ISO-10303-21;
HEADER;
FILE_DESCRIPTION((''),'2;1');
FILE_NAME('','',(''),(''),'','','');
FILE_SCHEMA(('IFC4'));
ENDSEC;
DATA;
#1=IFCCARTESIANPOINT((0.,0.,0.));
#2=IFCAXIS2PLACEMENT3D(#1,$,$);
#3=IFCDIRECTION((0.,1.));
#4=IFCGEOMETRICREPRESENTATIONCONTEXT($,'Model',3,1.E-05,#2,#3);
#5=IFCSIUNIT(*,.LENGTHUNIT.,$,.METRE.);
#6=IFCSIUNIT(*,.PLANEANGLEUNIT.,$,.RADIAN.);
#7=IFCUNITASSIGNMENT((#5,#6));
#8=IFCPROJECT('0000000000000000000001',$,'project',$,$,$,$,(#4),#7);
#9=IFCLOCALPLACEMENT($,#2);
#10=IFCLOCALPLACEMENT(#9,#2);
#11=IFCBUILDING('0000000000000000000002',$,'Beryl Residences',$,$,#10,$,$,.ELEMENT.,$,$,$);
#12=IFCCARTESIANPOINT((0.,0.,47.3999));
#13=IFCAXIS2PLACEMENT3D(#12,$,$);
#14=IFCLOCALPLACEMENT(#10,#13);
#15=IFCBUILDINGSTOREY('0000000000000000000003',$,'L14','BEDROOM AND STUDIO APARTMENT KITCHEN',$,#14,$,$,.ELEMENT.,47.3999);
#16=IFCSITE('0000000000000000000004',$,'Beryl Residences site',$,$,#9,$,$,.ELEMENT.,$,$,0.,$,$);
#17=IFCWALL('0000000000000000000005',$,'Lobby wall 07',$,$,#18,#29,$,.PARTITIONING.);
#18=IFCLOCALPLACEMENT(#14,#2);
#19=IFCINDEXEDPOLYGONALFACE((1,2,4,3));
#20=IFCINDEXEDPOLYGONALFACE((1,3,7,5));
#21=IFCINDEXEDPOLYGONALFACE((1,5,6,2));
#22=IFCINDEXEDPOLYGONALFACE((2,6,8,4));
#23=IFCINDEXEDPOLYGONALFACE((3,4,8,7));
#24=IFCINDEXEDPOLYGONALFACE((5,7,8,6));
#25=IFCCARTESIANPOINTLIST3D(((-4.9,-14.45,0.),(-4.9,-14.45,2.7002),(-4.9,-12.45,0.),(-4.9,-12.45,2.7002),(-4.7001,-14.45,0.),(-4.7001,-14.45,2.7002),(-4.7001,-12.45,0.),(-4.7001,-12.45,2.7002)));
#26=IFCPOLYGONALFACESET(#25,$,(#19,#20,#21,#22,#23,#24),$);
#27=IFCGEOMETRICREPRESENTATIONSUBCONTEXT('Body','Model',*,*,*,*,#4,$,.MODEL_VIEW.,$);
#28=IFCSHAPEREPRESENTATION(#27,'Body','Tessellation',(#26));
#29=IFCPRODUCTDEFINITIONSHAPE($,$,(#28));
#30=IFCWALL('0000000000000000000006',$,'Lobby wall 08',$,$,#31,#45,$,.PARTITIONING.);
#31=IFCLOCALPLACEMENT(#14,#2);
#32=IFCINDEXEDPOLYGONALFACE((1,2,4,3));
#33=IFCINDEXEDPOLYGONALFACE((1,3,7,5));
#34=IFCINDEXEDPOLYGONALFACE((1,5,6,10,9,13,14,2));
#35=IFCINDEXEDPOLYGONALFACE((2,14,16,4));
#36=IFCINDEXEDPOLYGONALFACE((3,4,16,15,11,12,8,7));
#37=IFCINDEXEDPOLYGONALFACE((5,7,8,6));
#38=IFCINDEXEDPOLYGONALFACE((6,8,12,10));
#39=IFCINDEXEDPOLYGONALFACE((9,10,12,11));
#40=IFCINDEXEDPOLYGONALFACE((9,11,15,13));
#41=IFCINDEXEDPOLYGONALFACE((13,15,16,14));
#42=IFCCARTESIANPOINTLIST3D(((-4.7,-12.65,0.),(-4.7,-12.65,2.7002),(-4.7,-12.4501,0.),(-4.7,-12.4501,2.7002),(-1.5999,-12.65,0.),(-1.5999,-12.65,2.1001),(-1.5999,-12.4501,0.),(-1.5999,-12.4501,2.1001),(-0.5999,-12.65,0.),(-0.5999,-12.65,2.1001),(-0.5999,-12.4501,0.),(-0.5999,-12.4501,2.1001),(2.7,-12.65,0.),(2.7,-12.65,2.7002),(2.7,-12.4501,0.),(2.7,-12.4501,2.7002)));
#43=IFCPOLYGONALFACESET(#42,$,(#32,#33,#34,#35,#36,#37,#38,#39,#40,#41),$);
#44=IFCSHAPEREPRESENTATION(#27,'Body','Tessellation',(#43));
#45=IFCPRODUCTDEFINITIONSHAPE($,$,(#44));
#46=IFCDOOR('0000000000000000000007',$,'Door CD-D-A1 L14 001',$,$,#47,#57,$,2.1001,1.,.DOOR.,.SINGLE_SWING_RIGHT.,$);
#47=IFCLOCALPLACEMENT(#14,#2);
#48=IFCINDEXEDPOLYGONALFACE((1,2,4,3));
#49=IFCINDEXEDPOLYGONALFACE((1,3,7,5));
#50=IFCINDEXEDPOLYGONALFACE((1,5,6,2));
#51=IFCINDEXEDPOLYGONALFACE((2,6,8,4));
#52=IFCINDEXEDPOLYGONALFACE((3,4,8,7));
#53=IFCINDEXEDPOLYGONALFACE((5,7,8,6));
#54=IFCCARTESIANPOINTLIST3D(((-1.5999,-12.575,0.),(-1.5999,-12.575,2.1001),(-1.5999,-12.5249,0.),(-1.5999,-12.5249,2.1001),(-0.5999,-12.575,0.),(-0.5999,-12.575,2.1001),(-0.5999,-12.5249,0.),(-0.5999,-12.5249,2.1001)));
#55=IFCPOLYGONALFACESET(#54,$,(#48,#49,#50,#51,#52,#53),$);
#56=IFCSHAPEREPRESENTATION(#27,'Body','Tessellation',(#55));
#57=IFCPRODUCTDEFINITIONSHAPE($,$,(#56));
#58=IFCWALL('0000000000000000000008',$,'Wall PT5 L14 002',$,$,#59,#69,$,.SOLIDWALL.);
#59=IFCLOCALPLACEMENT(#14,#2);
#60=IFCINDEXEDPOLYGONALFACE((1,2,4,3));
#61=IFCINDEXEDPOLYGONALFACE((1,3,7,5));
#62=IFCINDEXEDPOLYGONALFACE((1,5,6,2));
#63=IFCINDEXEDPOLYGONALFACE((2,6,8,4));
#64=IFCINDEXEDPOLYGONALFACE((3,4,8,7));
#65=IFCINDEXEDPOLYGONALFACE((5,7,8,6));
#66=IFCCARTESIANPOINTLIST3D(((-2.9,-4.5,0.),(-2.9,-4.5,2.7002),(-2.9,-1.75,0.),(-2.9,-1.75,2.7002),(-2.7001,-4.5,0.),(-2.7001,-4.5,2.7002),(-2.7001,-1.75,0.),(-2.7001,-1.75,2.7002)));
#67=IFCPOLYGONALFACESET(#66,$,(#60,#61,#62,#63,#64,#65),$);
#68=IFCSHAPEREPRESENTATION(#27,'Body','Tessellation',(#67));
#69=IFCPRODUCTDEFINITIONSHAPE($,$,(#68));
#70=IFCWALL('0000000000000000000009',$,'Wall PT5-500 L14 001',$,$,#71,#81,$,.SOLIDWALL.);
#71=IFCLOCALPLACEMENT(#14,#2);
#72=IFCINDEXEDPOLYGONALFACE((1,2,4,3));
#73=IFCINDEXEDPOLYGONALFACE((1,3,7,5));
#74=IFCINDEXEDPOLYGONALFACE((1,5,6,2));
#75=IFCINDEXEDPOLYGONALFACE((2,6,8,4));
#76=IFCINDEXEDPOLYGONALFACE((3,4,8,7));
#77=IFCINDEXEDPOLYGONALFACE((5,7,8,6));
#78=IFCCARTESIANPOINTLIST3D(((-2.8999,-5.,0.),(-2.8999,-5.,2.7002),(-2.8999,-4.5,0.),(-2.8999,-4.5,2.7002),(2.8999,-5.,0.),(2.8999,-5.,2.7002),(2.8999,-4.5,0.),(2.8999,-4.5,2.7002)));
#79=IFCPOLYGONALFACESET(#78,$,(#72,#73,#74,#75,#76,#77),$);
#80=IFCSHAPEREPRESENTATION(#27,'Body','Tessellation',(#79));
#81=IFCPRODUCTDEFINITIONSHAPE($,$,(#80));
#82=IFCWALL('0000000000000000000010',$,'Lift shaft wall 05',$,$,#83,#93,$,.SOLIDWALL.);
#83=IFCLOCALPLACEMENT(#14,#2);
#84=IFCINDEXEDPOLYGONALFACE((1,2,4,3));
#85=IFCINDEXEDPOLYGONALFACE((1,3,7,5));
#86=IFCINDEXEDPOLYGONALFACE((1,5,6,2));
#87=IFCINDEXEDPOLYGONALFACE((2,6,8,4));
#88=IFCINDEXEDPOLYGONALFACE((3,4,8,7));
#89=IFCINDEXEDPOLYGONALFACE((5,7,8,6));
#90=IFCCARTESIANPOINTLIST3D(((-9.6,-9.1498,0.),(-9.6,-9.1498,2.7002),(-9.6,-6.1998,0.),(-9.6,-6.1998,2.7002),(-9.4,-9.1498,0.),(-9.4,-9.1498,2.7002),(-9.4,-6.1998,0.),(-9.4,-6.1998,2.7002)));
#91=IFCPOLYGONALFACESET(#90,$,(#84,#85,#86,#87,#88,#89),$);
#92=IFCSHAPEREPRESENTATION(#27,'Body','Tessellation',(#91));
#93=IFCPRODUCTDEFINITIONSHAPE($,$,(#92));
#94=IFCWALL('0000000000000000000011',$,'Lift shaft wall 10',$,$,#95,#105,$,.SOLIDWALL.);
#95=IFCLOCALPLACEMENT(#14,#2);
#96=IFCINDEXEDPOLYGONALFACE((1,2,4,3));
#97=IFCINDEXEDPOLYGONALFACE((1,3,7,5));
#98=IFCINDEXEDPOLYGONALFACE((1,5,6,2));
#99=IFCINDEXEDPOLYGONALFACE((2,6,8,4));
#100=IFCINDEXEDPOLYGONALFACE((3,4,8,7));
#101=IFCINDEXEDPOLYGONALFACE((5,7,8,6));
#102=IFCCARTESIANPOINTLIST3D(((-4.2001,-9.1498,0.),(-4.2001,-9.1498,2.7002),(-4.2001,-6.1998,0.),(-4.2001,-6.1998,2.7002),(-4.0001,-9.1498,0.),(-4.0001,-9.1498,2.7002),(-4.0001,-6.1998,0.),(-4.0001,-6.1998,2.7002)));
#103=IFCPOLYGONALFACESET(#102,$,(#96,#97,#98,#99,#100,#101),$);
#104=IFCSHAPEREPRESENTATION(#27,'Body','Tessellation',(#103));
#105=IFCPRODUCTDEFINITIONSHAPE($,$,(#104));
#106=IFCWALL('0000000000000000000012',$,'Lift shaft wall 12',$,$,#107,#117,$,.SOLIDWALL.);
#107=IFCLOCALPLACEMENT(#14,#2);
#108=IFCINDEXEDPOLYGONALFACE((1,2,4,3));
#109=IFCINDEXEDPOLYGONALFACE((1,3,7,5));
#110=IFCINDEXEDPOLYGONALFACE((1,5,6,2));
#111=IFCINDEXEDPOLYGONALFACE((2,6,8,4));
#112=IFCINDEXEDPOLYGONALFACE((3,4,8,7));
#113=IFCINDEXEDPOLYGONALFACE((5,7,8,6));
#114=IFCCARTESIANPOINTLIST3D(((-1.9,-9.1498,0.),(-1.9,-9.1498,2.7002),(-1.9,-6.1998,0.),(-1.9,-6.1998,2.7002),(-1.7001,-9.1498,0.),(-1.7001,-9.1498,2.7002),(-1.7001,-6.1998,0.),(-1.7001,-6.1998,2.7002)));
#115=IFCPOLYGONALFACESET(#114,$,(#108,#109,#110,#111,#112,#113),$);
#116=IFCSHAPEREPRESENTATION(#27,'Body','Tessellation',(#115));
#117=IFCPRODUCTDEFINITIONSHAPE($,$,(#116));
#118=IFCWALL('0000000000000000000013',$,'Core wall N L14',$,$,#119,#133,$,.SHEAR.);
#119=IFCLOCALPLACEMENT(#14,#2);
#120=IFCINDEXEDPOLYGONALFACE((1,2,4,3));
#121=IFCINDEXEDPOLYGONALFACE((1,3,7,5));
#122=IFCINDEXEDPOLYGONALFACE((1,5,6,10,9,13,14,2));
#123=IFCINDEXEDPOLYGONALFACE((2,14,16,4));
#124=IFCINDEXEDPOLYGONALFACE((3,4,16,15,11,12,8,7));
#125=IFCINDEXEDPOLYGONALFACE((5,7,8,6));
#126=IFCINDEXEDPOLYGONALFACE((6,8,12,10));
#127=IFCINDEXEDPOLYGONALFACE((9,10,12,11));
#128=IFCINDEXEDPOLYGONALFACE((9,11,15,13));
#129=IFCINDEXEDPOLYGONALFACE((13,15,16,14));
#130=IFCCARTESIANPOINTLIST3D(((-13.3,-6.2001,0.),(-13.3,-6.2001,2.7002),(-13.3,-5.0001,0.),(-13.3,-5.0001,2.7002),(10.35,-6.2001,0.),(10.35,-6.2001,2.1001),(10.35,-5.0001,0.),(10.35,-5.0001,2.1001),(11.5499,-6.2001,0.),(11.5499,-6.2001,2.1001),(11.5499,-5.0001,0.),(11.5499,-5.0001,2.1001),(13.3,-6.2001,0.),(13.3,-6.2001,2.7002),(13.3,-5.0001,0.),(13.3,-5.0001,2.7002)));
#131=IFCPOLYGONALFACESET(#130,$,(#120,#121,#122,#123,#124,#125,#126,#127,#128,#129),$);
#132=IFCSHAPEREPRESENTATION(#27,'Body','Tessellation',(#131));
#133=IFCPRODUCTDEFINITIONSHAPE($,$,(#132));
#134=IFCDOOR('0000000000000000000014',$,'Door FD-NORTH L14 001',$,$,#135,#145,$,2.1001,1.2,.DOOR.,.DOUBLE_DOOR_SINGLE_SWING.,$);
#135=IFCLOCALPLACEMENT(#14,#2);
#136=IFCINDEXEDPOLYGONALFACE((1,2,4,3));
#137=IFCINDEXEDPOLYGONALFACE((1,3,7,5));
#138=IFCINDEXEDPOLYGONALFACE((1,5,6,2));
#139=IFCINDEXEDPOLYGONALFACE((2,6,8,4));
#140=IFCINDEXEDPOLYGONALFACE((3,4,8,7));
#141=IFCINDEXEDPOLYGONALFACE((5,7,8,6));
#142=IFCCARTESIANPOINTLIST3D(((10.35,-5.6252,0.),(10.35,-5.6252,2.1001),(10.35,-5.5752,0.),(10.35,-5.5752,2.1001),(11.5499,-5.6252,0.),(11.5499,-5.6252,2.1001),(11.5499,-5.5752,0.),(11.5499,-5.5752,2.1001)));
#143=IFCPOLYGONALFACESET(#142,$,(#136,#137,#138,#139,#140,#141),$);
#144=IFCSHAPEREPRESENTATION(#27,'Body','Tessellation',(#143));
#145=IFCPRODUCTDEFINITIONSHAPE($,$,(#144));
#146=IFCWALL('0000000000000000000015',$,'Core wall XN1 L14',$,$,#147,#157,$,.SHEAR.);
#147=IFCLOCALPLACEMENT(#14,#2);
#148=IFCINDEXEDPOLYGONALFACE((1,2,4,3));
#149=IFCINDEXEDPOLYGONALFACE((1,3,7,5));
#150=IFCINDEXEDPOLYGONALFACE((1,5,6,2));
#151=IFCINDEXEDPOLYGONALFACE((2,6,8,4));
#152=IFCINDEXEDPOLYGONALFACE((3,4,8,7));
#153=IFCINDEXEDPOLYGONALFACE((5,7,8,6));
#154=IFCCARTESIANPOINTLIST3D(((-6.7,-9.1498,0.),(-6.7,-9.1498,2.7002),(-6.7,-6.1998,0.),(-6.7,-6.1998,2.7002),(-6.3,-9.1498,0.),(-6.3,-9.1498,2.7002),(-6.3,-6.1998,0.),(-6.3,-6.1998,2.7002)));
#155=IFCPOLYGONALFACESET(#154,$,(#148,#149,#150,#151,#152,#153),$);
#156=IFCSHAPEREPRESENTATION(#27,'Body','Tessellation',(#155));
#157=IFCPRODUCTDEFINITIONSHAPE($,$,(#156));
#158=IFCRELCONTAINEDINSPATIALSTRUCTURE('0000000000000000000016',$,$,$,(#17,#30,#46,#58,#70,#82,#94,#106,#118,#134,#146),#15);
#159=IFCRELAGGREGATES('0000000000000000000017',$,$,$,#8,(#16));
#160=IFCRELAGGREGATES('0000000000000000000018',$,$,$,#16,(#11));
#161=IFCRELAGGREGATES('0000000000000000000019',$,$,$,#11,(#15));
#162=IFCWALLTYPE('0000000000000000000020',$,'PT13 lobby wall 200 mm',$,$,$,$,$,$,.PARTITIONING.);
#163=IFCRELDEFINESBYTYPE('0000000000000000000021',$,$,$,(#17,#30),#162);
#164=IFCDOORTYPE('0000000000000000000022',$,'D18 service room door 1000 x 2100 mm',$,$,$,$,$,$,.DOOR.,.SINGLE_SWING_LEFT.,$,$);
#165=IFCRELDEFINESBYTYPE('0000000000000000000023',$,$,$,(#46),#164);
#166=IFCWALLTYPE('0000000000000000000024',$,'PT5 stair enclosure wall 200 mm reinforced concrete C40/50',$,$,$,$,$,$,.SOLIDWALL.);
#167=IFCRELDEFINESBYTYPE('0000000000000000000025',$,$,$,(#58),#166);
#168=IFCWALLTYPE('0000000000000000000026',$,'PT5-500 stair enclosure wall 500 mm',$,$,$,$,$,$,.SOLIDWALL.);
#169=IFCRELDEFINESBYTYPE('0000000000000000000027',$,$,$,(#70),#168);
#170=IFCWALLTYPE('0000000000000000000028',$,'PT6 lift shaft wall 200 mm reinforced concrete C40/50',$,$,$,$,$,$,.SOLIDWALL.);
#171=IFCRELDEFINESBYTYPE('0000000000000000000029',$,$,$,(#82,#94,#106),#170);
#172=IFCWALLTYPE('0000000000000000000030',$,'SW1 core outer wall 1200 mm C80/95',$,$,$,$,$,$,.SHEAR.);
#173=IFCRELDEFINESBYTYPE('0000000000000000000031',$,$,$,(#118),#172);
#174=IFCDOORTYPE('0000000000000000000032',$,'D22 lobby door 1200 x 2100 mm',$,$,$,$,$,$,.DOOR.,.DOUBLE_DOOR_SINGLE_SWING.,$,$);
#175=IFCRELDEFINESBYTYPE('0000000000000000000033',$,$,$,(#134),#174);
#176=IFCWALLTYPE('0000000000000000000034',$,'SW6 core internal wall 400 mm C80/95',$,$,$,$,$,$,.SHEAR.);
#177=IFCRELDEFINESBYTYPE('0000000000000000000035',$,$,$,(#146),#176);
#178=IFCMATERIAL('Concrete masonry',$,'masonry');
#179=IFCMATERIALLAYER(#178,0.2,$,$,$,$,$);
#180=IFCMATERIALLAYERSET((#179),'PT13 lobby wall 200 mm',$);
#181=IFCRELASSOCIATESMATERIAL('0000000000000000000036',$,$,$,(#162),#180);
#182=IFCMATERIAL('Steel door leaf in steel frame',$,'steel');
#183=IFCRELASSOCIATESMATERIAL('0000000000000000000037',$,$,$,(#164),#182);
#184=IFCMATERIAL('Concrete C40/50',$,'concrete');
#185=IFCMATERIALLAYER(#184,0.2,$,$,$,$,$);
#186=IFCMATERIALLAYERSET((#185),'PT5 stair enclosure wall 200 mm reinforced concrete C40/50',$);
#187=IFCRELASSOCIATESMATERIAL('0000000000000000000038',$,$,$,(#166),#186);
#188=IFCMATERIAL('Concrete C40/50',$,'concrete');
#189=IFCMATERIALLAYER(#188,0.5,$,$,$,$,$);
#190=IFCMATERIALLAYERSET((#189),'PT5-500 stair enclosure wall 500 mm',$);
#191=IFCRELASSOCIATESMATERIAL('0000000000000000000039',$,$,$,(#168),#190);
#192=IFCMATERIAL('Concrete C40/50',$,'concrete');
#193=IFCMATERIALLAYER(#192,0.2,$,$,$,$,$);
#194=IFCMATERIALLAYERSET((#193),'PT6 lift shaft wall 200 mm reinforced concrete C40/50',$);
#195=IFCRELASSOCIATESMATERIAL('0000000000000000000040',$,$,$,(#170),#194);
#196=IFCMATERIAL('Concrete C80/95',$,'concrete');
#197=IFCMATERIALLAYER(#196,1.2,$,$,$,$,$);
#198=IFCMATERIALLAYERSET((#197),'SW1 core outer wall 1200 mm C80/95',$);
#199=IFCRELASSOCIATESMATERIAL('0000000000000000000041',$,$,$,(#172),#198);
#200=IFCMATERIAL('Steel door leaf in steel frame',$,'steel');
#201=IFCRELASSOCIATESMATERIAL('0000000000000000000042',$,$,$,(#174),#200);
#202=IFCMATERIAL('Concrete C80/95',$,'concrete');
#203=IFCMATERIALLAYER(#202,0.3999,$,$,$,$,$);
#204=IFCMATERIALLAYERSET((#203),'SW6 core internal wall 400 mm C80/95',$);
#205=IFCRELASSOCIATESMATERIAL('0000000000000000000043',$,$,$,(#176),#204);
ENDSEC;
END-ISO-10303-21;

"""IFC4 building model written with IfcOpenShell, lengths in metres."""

from ifc_helpers import new_model, si_unit, direction, frame, frame_2d, origin, place, context, subcontext, project, spatial, rectangle, extrude, material, layer, layer_set, type_object, element, fill, save


model = new_model("IFC4")

# Units and contexts
model_context = context("Model", 3, precision=1e-05, world=origin(), true_north=direction((0.0, 1.0)))
body_context = subcontext(model_context, "Body", "Model", "MODEL_VIEW")
ifc_project = project(units=[si_unit("LENGTHUNIT", "METRE"), si_unit("PLANEANGLEUNIT", "RADIAN")], contexts=[model_context])

# Site, building, storey
site_placement = place(None, origin())
site = spatial("IfcSite", under=ifc_project, at=site_placement, Name="Beryl Residences site", CompositionType="ELEMENT", RefElevation=0.0)
building_placement = place(site_placement, origin())
building = spatial("IfcBuilding", under=site, at=building_placement, Name="Beryl Residences", CompositionType="ELEMENT")
storey_placement = place(building_placement, frame((0.0, 0.0, 47.3999)))
storey = spatial("IfcBuildingStorey", under=building, at=storey_placement, Name="L14", Description="BEDROOM AND STUDIO APARTMENT KITCHEN", CompositionType="ELEMENT", Elevation=47.3999)

# Wall
ifc_material_1 = material(Name="Concrete masonry", Category="masonry")
ifc_layer_1 = layer(ifc_material_1, 0.2)
ifc_layer_set_1 = layer_set([ifc_layer_1], Name="PT13 lobby wall 200 mm")
wall_type_1 = type_object("IfcWallType", Name="PT13 lobby wall 200 mm", PredefinedType="PARTITIONING", material=ifc_layer_set_1)
wall_1_placement = place(storey_placement, frame((-4.8, -14.45, 0.0), z_axis=(0.0, 0.0, 1.0), x_axis=(0.0, 1.0, 0.0)))
element("IfcWall", 1, at=wall_1_placement, inside=storey, type_object=wall_type_1, Name="Lobby wall 07", PredefinedType="PARTITIONING", context=body_context, shape_type="SweptSolid", body=[
    extrude(rectangle(XDim=2.0, YDim=0.2, at=frame_2d((1.0, 0.0))), origin(), (0.0, 0.0, 1.0), 2.7002),
])

# Wall, opening, door
wall_2_placement = place(storey_placement, frame((-4.7, -12.55, 0.0), z_axis=(0.0, 0.0, 1.0), x_axis=(1.0, 0.0, 0.0)))
wall_2 = element("IfcWall", 2, at=wall_2_placement, inside=storey, type_object=wall_type_1, Name="Lobby wall 08", PredefinedType="PARTITIONING", context=body_context, shape_type="SweptSolid", body=[
    extrude(rectangle(XDim=7.3999, YDim=0.2, at=frame_2d((3.7, 0.0))), origin(), (0.0, 0.0, 1.0), 2.7002),
])
opening_1_placement = place(wall_2_placement, frame((4.1001, 0.0, 0.0), z_axis=(0.0, 0.0, 1.0), x_axis=(-1.0, 0.0, 0.0)))
opening_1 = element("IfcOpeningElement", 3, at=opening_1_placement, cuts=wall_2, PredefinedType="OPENING", context=body_context, shape_type="SweptSolid", body=[
    extrude(rectangle(XDim=1.0, YDim=2.1001, at=frame_2d((0.5, 1.05))), frame((0.0, 0.1099, 0.0), z_axis=(0.0, -1.0, 0.0), x_axis=(1.0, 0.0, 0.0)), (0.0, 0.0, 1.0), 0.22),
])
ifc_material_2 = material(Name="Steel door leaf in steel frame", Category="steel")
door_type_1 = type_object("IfcDoorType", Name="D18 service room door 1000 x 2100 mm", OperationType="SINGLE_SWING_LEFT", PredefinedType="DOOR", material=ifc_material_2)
door_1_placement = place(opening_1_placement, origin())
door_1 = element("IfcDoor", 4, at=door_1_placement, inside=storey, type_object=door_type_1, Name="Door CD-D-A1 L14 001", OperationType="SINGLE_SWING_RIGHT", OverallHeight=2.1001, OverallWidth=1.0, PredefinedType="DOOR", context=body_context, shape_type="SweptSolid", body=[
    extrude(rectangle(XDim=1.0, YDim=2.1001, at=frame_2d((0.5, 1.05))), frame((0.0, 0.0249, 0.0), z_axis=(0.0, -1.0, 0.0), x_axis=(1.0, 0.0, 0.0)), (0.0, 0.0, 1.0), 0.05),
])
fill(opening_1, door_1)

# Walls
ifc_material_3 = material(Name="Concrete C40/50", Category="concrete")
ifc_layer_2 = layer(ifc_material_3, 0.2)
ifc_layer_set_2 = layer_set([ifc_layer_2], Name="PT5 stair enclosure wall 200 mm reinforced concrete C40/50")
wall_type_2 = type_object("IfcWallType", Name="PT5 stair enclosure wall 200 mm reinforced concrete C40/50", PredefinedType="SOLIDWALL", material=ifc_layer_set_2)
wall_3_placement = place(storey_placement, frame((-2.8, -4.5, 0.0), z_axis=(0.0, 0.0, 1.0), x_axis=(0.0, 1.0, 0.0)))
element("IfcWall", 5, at=wall_3_placement, inside=storey, type_object=wall_type_2, Name="Wall PT5 L14 002", PredefinedType="SOLIDWALL", context=body_context, shape_type="SweptSolid", body=[
    extrude(rectangle(XDim=2.75, YDim=0.2, at=frame_2d((1.375, 0.0))), origin(), (0.0, 0.0, 1.0), 2.7002),
])
ifc_material_4 = material(Name="Concrete C40/50", Category="concrete")
ifc_layer_3 = layer(ifc_material_4, 0.5)
ifc_layer_set_3 = layer_set([ifc_layer_3], Name="PT5-500 stair enclosure wall 500 mm")
wall_type_3 = type_object("IfcWallType", Name="PT5-500 stair enclosure wall 500 mm", PredefinedType="SOLIDWALL", material=ifc_layer_set_3)
wall_4_placement = place(storey_placement, frame((-2.8999, -4.75, 0.0), z_axis=(0.0, 0.0, 1.0), x_axis=(1.0, 0.0, 0.0)))
element("IfcWall", 6, at=wall_4_placement, inside=storey, type_object=wall_type_3, Name="Wall PT5-500 L14 001", PredefinedType="SOLIDWALL", context=body_context, shape_type="SweptSolid", body=[
    extrude(rectangle(XDim=5.7998, YDim=0.5, at=frame_2d((2.8999, 0.0))), origin(), (0.0, 0.0, 1.0), 2.7002),
])
ifc_material_5 = material(Name="Concrete C40/50", Category="concrete")
ifc_layer_4 = layer(ifc_material_5, 0.2)
ifc_layer_set_4 = layer_set([ifc_layer_4], Name="PT6 lift shaft wall 200 mm reinforced concrete C40/50")
wall_type_4 = type_object("IfcWallType", Name="PT6 lift shaft wall 200 mm reinforced concrete C40/50", PredefinedType="SOLIDWALL", material=ifc_layer_set_4)
for number, where, z_axis, x_axis, name in (
    (7, (-9.5, -9.1499, 0.0), (0.0, 0.0, 1.0), (0.0, 1.0, 0.0), "Lift shaft wall 05"),
    (8, (-4.1001, -9.1499, 0.0), (0.0, 0.0, 1.0), (0.0, 1.0, 0.0), "Lift shaft wall 10"),
    (9, (-1.8, -9.1499, 0.0), (0.0, 0.0, 1.0), (0.0, 1.0, 0.0), "Lift shaft wall 12"),
):
    element("IfcWall", number, at=place(storey_placement, frame(where, z_axis=z_axis, x_axis=x_axis)), inside=storey, type_object=wall_type_4, Name=name, PredefinedType="SOLIDWALL", context=body_context, shape_type="SweptSolid", body=[
        extrude(rectangle(XDim=2.95, YDim=0.2, at=frame_2d((1.4751, 0.0))), origin(), (0.0, 0.0, 1.0), 2.7002),
    ])

# Wall, opening, door
ifc_material_6 = material(Name="Concrete C80/95", Category="concrete")
ifc_layer_5 = layer(ifc_material_6, 1.2)
ifc_layer_set_5 = layer_set([ifc_layer_5], Name="SW1 core outer wall 1200 mm C80/95")
wall_type_5 = type_object("IfcWallType", Name="SW1 core outer wall 1200 mm C80/95", PredefinedType="SHEAR", material=ifc_layer_set_5)
wall_5_placement = place(storey_placement, frame((-13.3, -5.6001, 0.0), z_axis=(0.0, 0.0, 1.0), x_axis=(1.0, 0.0, 0.0)))
wall_5 = element("IfcWall", 10, at=wall_5_placement, inside=storey, type_object=wall_type_5, Name="Core wall N L14", PredefinedType="SHEAR", context=body_context, shape_type="SweptSolid", body=[
    extrude(rectangle(XDim=26.6001, YDim=1.2, at=frame_2d((13.3, 0.0))), origin(), (0.0, 0.0, 1.0), 2.7002),
])
opening_2_placement = place(wall_5_placement, frame((23.6499, 0.0, 0.0)))
opening_2 = element("IfcOpeningElement", 11, at=opening_2_placement, cuts=wall_5, PredefinedType="OPENING", context=body_context, shape_type="SweptSolid", body=[
    extrude(rectangle(XDim=1.2, YDim=2.1001, at=frame_2d((0.6001, 1.05))), frame((0.0, 0.6099, 0.0), z_axis=(0.0, -1.0, 0.0), x_axis=(1.0, 0.0, 0.0)), (0.0, 0.0, 1.0), 1.22),
])
ifc_material_7 = material(Name="Steel door leaf in steel frame", Category="steel")
door_type_2 = type_object("IfcDoorType", Name="D22 lobby door 1200 x 2100 mm", OperationType="DOUBLE_DOOR_SINGLE_SWING", PredefinedType="DOOR", material=ifc_material_7)
door_2_placement = place(opening_2_placement, origin())
door_2 = element("IfcDoor", 12, at=door_2_placement, inside=storey, type_object=door_type_2, Name="Door FD-NORTH L14 001", OperationType="DOUBLE_DOOR_SINGLE_SWING", OverallHeight=2.1001, OverallWidth=1.2, PredefinedType="DOOR", context=body_context, shape_type="SweptSolid", body=[
    extrude(rectangle(XDim=1.2, YDim=2.1001, at=frame_2d((0.6001, 1.05))), frame((0.0, 0.0249, 0.0), z_axis=(0.0, -1.0, 0.0), x_axis=(1.0, 0.0, 0.0)), (0.0, 0.0, 1.0), 0.05),
])
fill(opening_2, door_2)

# Shared definitions
ifc_material_8 = material(Name="Concrete C80/95", Category="concrete")
ifc_layer_6 = layer(ifc_material_8, 0.3999)
ifc_layer_set_6 = layer_set([ifc_layer_6], Name="SW6 core internal wall 400 mm C80/95")
wall_type_6 = type_object("IfcWallType", Name="SW6 core internal wall 400 mm C80/95", PredefinedType="SHEAR", material=ifc_layer_set_6)

# Wall
wall_6_placement = place(storey_placement, frame((-6.5, -9.1499, 0.0), z_axis=(0.0, 0.0, 1.0), x_axis=(0.0, 1.0, 0.0)))
element("IfcWall", 13, at=wall_6_placement, inside=storey, type_object=wall_type_6, Name="Core wall XN1 L14", PredefinedType="SHEAR", context=body_context, shape_type="SweptSolid", body=[
    extrude(rectangle(XDim=2.95, YDim=0.3999, at=frame_2d((1.4751, 0.0))), origin(), (0.0, 0.0, 1.0), 2.7002),
])

save(model, "model.ifc")
